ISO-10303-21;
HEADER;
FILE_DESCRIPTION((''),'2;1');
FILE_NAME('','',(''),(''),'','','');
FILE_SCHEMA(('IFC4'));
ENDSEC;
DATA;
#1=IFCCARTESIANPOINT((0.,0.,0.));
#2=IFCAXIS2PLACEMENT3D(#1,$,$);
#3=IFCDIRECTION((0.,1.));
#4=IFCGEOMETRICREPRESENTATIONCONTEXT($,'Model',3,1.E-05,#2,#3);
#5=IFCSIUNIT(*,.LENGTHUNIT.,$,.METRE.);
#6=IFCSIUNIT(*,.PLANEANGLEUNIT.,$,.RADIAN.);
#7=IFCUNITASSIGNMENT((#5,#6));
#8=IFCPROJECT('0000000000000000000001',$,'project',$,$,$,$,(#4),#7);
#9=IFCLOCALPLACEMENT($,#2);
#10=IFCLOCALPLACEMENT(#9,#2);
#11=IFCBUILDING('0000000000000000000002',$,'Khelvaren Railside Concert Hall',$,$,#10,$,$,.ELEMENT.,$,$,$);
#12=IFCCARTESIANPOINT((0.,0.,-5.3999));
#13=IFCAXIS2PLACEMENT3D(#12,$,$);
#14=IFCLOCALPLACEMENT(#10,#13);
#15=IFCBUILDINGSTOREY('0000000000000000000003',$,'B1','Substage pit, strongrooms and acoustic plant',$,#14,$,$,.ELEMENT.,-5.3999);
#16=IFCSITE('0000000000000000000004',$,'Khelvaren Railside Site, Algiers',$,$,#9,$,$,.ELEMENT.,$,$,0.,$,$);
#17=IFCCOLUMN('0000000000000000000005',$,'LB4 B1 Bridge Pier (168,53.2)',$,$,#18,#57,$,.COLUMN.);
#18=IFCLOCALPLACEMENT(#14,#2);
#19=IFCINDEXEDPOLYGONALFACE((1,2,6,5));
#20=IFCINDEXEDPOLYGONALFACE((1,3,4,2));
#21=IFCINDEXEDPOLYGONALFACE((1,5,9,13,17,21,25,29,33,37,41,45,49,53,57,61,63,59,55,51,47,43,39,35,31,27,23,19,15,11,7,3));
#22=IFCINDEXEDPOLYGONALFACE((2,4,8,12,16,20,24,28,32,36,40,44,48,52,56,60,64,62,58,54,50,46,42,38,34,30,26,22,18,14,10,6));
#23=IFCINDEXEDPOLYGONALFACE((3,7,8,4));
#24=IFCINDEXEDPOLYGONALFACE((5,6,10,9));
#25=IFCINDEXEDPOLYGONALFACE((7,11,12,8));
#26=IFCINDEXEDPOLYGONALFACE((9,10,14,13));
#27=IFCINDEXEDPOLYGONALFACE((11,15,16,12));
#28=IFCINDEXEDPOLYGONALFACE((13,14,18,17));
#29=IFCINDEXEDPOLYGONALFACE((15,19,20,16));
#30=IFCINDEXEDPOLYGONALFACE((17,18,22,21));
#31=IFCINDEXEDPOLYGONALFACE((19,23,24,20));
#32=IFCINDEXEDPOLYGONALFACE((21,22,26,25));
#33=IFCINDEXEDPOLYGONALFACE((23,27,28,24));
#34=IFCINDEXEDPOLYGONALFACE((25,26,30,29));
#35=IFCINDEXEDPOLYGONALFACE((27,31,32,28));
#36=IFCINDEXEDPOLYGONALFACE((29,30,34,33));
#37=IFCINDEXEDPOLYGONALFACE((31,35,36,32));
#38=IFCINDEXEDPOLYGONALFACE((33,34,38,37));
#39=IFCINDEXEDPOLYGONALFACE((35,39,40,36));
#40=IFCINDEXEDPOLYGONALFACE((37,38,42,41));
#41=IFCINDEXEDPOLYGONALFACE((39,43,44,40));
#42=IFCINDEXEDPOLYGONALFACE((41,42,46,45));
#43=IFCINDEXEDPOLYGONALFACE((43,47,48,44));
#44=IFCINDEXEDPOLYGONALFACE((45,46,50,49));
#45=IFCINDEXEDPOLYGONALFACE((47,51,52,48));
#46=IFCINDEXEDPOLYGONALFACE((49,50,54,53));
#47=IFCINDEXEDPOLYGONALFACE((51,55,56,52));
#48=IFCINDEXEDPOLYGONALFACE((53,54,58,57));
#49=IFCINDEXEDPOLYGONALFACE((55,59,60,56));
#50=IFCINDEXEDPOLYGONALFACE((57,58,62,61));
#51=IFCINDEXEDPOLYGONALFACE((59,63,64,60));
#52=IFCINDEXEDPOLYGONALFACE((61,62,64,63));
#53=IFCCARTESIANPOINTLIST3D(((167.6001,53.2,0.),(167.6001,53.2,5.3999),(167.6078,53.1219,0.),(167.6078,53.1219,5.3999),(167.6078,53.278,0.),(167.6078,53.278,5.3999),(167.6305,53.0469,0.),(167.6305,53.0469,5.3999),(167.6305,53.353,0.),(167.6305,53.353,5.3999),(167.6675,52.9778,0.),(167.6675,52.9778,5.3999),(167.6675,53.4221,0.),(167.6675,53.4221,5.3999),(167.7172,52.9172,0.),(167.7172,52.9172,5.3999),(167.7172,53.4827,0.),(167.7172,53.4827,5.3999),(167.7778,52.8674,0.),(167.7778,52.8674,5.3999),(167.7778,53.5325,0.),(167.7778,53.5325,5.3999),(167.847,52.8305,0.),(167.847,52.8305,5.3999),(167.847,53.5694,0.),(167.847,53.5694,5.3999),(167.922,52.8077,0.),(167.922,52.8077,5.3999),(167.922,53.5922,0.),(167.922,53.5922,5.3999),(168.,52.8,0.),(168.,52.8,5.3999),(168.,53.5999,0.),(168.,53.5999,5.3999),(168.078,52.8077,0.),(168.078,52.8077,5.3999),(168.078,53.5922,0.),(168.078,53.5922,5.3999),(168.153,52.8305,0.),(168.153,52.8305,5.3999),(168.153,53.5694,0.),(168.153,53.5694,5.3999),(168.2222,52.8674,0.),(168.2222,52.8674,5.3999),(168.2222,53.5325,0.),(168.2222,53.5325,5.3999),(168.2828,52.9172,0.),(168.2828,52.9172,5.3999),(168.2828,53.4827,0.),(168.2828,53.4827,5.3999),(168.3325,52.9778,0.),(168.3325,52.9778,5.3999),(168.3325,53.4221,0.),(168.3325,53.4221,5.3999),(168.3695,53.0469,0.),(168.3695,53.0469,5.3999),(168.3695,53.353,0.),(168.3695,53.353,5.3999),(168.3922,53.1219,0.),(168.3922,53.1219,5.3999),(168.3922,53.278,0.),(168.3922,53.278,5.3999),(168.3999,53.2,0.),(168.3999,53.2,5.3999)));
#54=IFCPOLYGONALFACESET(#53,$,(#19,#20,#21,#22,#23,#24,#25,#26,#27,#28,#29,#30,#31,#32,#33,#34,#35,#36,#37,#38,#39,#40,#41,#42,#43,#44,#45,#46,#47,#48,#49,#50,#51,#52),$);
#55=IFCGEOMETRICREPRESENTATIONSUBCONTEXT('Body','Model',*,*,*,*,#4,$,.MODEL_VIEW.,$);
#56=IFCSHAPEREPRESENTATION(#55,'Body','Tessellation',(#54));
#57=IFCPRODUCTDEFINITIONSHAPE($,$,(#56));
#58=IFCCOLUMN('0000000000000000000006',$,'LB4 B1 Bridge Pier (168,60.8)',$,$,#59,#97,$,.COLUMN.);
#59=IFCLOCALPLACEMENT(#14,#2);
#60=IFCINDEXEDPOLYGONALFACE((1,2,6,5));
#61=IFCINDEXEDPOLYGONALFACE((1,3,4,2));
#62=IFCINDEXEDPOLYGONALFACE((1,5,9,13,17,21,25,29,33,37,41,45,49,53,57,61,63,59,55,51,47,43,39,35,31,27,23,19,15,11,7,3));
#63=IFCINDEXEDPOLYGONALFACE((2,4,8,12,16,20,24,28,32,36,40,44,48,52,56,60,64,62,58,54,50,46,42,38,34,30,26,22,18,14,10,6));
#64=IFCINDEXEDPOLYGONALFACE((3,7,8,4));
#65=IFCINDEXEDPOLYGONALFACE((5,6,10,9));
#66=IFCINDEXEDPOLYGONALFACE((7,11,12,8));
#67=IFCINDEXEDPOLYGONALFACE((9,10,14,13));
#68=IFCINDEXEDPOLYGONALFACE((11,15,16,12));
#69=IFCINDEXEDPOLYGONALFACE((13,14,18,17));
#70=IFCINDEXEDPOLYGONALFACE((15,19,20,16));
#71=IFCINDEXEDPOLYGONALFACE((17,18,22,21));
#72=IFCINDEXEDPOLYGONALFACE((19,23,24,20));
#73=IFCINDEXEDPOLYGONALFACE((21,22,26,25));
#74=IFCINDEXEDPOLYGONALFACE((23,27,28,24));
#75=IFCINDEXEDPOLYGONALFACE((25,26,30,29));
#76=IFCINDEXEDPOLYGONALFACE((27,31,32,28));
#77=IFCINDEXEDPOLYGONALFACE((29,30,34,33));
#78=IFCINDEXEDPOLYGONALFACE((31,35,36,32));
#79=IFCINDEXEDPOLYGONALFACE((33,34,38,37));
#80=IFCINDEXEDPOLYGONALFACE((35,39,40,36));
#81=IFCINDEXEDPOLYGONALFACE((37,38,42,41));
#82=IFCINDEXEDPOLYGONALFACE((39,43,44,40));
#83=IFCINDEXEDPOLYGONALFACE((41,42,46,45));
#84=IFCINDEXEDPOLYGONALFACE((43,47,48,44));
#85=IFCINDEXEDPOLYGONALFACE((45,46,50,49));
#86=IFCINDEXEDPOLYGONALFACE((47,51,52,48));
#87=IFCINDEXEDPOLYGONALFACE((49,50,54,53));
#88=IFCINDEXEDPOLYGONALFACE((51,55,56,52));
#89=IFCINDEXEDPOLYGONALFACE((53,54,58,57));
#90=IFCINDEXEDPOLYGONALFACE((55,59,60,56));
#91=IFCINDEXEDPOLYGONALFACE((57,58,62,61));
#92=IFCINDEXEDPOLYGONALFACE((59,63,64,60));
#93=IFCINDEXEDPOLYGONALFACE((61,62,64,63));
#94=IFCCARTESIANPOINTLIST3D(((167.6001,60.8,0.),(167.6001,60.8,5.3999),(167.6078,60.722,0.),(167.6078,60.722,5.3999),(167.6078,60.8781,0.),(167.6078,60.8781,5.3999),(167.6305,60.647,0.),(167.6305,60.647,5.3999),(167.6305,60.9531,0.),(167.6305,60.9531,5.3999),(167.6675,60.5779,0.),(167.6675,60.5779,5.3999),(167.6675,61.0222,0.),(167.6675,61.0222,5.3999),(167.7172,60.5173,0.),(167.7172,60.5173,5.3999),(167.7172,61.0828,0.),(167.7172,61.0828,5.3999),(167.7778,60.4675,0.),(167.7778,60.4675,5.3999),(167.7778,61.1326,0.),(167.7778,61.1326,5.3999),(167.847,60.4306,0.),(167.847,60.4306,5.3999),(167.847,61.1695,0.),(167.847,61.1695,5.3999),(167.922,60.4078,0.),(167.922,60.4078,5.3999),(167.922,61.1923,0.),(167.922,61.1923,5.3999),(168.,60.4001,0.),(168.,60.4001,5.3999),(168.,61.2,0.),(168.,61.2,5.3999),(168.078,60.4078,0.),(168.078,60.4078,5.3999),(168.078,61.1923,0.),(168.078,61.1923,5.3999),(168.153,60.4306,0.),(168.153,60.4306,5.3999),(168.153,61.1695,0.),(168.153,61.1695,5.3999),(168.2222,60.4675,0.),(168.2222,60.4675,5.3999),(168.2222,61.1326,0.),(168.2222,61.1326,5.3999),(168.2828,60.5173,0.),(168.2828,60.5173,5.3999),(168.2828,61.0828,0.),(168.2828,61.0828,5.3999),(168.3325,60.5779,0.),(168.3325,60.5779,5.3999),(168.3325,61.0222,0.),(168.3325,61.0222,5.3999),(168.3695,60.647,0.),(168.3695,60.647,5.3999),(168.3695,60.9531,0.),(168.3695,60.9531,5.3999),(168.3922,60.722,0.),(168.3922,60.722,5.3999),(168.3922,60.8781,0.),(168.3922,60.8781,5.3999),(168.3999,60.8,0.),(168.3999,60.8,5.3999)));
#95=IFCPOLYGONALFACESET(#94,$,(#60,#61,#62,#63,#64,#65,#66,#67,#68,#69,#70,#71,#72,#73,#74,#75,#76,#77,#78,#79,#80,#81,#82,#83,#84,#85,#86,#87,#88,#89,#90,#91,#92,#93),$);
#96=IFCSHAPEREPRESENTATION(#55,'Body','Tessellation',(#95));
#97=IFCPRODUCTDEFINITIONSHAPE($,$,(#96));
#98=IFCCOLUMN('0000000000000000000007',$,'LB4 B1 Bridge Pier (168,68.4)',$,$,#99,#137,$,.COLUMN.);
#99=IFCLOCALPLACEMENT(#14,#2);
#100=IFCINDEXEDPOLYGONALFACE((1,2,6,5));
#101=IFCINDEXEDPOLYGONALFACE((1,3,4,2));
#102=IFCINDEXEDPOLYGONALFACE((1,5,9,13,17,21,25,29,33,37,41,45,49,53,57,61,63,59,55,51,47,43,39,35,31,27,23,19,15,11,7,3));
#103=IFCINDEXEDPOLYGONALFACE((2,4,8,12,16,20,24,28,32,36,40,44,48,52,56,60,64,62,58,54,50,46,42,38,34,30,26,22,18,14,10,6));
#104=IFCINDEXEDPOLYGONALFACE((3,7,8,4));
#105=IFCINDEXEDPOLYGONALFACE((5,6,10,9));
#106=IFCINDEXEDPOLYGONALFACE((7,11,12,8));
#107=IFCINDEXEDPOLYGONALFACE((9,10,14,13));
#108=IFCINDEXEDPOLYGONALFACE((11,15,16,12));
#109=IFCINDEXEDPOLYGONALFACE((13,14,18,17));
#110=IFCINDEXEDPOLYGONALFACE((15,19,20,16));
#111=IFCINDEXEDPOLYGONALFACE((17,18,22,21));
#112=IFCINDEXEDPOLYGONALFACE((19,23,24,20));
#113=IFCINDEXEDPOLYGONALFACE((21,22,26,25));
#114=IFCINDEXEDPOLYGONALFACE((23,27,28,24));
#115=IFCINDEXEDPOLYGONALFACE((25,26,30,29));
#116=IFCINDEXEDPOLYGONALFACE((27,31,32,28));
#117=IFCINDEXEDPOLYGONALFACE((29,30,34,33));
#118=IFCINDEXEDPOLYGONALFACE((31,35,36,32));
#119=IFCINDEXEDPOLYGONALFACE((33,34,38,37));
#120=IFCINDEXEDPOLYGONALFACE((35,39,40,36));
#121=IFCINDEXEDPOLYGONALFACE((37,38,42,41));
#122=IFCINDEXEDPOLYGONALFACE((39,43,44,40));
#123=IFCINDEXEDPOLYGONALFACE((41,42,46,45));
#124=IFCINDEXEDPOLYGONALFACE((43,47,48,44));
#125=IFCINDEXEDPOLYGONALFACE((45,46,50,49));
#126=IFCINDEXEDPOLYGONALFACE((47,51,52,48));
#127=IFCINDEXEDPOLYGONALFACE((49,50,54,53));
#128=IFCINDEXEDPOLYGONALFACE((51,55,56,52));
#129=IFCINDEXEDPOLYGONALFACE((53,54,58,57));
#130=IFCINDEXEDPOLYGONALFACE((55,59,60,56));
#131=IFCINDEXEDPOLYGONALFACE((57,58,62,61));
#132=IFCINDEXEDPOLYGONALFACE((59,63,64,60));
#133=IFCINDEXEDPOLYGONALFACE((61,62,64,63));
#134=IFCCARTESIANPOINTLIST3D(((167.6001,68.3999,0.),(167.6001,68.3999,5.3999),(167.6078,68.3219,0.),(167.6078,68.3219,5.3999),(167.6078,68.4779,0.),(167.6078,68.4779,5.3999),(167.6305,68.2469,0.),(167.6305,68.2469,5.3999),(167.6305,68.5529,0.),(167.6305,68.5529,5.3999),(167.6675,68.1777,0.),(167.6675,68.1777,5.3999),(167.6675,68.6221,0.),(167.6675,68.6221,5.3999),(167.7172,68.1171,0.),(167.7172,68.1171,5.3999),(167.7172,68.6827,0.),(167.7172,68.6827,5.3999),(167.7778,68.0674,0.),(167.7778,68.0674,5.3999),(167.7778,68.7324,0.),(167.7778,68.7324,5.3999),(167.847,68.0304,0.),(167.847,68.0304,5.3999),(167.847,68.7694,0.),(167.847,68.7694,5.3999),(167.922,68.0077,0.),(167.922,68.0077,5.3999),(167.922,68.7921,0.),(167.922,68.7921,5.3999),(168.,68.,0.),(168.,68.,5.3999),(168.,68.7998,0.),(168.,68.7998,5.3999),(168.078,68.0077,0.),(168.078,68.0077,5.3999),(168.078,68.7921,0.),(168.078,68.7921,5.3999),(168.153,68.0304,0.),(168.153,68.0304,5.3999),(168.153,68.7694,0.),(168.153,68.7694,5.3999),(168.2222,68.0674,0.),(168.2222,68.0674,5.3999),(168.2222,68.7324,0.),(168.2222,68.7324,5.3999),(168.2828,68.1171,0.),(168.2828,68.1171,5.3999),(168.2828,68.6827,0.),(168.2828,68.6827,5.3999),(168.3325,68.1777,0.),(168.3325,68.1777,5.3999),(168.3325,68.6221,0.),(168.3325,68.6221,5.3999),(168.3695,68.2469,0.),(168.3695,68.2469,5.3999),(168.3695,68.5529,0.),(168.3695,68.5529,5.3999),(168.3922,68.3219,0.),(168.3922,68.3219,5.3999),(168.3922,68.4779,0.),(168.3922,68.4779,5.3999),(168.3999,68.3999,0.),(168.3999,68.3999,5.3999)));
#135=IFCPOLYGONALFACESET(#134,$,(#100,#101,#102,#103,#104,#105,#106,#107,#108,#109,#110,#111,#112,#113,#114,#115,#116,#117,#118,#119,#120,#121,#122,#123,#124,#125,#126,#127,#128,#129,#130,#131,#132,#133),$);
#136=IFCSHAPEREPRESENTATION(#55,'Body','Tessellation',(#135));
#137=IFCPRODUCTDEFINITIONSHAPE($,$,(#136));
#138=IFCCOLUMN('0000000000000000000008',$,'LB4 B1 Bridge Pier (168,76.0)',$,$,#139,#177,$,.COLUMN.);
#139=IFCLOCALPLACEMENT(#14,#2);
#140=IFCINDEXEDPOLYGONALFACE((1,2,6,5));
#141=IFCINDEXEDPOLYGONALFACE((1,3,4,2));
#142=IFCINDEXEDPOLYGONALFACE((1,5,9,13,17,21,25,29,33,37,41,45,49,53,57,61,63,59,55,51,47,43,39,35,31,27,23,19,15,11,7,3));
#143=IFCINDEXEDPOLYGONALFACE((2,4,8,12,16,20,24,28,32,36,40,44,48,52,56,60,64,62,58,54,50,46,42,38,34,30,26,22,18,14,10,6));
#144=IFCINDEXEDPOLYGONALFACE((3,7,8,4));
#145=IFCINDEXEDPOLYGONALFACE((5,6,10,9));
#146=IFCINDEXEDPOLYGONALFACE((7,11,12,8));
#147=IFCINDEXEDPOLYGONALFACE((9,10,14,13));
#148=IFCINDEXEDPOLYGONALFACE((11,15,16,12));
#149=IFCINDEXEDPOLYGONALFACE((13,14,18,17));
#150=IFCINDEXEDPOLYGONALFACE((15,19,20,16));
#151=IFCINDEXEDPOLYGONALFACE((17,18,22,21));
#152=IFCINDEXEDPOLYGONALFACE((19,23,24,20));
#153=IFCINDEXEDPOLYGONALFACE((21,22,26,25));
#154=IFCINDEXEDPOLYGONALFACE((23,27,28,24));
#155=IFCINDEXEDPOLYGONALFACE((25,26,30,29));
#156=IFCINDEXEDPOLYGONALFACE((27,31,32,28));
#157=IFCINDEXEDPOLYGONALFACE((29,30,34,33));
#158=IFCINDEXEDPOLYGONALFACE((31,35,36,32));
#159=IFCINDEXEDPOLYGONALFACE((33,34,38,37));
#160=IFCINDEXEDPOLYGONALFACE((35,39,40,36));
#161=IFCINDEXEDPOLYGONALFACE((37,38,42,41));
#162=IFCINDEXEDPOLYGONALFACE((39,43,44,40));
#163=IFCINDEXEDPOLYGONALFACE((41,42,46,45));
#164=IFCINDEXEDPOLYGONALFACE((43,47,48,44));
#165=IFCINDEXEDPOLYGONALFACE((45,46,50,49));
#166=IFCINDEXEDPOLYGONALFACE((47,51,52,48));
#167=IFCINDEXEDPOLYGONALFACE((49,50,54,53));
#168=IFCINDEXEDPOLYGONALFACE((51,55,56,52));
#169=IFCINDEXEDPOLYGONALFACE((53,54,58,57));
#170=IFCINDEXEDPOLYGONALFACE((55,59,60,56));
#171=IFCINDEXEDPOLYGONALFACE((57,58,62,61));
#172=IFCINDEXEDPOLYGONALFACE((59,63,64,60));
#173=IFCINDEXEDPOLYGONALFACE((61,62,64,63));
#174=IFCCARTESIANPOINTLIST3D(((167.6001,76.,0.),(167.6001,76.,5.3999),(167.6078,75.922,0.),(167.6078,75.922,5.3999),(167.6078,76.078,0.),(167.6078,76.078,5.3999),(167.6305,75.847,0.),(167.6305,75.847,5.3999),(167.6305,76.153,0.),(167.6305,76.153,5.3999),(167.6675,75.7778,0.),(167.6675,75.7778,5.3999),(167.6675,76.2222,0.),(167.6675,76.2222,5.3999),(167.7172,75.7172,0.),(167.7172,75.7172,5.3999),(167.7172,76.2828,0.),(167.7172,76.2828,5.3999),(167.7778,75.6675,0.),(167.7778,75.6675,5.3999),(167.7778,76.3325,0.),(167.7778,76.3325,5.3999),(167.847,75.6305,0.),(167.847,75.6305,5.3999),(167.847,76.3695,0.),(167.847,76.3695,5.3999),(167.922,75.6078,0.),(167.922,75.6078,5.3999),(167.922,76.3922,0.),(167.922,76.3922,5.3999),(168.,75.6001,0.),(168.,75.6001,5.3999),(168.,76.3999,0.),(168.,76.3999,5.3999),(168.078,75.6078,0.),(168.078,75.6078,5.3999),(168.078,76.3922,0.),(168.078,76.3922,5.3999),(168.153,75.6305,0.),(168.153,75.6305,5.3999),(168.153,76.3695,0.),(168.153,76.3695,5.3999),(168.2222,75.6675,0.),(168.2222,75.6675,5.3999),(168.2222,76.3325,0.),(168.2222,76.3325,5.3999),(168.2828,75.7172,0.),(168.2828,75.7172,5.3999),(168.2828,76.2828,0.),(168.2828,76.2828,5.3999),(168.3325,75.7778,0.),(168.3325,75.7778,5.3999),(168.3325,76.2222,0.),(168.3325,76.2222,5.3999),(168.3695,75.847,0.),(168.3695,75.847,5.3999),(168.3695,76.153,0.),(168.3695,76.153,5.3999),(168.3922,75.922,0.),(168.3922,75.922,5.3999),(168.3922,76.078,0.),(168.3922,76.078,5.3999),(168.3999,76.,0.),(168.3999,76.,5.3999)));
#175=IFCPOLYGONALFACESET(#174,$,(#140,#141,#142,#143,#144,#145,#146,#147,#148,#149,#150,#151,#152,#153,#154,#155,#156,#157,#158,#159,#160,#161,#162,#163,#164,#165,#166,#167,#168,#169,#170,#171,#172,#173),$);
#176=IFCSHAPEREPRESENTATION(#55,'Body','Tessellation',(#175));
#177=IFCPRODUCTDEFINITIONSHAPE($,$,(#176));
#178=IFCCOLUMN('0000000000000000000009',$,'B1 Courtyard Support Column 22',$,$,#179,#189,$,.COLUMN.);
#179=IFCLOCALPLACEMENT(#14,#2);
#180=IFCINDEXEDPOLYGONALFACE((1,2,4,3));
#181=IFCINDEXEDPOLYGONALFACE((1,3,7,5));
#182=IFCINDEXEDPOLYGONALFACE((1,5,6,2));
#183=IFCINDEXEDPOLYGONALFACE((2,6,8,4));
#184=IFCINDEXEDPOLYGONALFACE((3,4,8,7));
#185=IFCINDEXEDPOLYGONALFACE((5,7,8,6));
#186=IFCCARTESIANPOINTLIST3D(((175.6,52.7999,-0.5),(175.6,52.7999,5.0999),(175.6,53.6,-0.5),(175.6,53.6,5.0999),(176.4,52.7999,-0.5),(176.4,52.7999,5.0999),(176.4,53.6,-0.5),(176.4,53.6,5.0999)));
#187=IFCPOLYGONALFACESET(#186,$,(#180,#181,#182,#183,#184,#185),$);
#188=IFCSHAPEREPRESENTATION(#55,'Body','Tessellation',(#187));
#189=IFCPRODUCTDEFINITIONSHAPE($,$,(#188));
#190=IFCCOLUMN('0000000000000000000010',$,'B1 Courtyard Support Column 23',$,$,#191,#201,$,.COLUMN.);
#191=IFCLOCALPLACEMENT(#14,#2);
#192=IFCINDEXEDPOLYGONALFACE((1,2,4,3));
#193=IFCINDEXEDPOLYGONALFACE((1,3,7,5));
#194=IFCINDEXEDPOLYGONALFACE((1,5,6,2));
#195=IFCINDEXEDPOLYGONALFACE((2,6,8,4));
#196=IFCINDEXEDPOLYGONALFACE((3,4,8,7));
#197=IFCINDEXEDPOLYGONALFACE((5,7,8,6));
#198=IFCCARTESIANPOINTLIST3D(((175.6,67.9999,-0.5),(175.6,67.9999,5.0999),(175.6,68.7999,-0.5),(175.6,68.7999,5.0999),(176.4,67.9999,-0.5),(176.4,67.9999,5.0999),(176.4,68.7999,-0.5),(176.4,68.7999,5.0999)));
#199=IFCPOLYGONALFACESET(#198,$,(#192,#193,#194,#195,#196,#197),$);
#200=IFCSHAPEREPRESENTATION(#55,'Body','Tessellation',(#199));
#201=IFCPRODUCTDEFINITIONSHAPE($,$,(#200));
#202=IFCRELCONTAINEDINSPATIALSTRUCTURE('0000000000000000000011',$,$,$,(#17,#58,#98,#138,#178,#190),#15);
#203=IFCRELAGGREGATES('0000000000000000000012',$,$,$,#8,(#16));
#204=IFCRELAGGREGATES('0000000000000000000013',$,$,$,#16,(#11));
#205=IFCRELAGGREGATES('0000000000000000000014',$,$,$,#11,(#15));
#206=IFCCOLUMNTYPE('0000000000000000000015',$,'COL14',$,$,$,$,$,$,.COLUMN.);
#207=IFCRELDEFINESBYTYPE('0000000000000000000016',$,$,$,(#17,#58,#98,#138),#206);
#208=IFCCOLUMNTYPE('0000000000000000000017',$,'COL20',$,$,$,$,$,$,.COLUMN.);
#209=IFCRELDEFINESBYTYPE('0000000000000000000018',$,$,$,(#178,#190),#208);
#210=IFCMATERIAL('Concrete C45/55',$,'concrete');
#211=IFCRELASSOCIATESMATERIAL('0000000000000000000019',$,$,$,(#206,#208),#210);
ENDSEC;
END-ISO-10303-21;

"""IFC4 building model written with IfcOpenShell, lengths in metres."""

from ifc_helpers import new_model, si_unit, direction, frame, origin, origin_2d, place, context, subcontext, project, spatial, rectangle, circle, extrude, material, material_profile, profile_set, type_object, element, save


model = new_model("IFC4")

# Units and contexts
model_context = context("Model", 3, precision=1e-05, world=origin(), true_north=direction((0.0, 1.0)))
body_context = subcontext(model_context, "Body", "Model", "MODEL_VIEW")
ifc_project = project(units=[si_unit("LENGTHUNIT", "METRE"), si_unit("PLANEANGLEUNIT", "RADIAN")], contexts=[model_context])

# Site, building, storey
site_placement = place(None, origin())
site = spatial("IfcSite", under=ifc_project, at=site_placement, Name="Khelvaren Railside Site, Algiers", CompositionType="ELEMENT", RefElevation=0.0)
building_placement = place(site_placement, origin())
building = spatial("IfcBuilding", under=site, at=building_placement, Name="Khelvaren Railside Concert Hall", CompositionType="ELEMENT")
storey_placement = place(building_placement, frame((0.0, 0.0, -5.3999)))
storey = spatial("IfcBuildingStorey", under=building, at=storey_placement, Name="B1", Description="Substage pit, strongrooms and acoustic plant", CompositionType="ELEMENT", Elevation=-5.3999)

# Columns
ifc_material_1 = material(Name="Concrete C45/55", Category="concrete")
ifc_material_profile_1 = material_profile(ifc_material_1, circle(Radius=0.3999, at=origin_2d()), Name="RC D800")
ifc_profile_set_1 = profile_set([ifc_material_profile_1], Name="Concrete C45/55")
column_type_1 = type_object("IfcColumnType", Name="COL14", PredefinedType="COLUMN", material=ifc_profile_set_1)
for number, where, z_axis, x_axis, name in (
    (1, (168.0, 53.2, 0.0), (0.0, 0.0, 1.0), (1.0, 0.0, 0.0), "LB4 B1 Bridge Pier (168,53.2)"),
    (2, (168.0, 60.8, 0.0), (0.0, 0.0, 1.0), (1.0, 0.0, 0.0), "LB4 B1 Bridge Pier (168,60.8)"),
    (3, (168.0, 68.3999, 0.0), (0.0, 0.0, 1.0), (1.0, 0.0, 0.0), "LB4 B1 Bridge Pier (168,68.4)"),
    (4, (168.0, 76.0, 0.0), (0.0, 0.0, 1.0), (1.0, 0.0, 0.0), "LB4 B1 Bridge Pier (168,76.0)"),
):
    element("IfcColumn", number, at=place(storey_placement, frame(where, z_axis=z_axis, x_axis=x_axis)), inside=storey, type_object=column_type_1, Name=name, PredefinedType="COLUMN", context=body_context, shape_type="SweptSolid", body=[
        extrude(circle(Radius=0.3999, at=origin_2d()), origin(), (0.0, 0.0, 1.0), 5.3999),
    ])
ifc_material_profile_2 = material_profile(ifc_material_1, rectangle(XDim=0.8, YDim=0.8, at=origin_2d()), Name="RC 800x800")
ifc_profile_set_2 = profile_set([ifc_material_profile_2], Name="Concrete C45/55")
column_type_2 = type_object("IfcColumnType", Name="COL20", PredefinedType="COLUMN", material=ifc_profile_set_2)
for number, where, z_axis, x_axis, name in (
    (5, (176.0, 53.2, -0.5), (0.0, 0.0, 1.0), (1.0, 0.0, 0.0), "B1 Courtyard Support Column 22"),
    (6, (176.0, 68.3999, -0.5), (0.0, 0.0, 1.0), (1.0, 0.0, 0.0), "B1 Courtyard Support Column 23"),
):
    element("IfcColumn", number, at=place(storey_placement, frame(where, z_axis=z_axis, x_axis=x_axis)), inside=storey, type_object=column_type_2, Name=name, PredefinedType="COLUMN", context=body_context, shape_type="SweptSolid", body=[
        extrude(rectangle(XDim=0.8, YDim=0.8, at=origin_2d()), origin(), (0.0, 0.0, 1.0), 5.5999),
    ])

save(model, "model.ifc")
